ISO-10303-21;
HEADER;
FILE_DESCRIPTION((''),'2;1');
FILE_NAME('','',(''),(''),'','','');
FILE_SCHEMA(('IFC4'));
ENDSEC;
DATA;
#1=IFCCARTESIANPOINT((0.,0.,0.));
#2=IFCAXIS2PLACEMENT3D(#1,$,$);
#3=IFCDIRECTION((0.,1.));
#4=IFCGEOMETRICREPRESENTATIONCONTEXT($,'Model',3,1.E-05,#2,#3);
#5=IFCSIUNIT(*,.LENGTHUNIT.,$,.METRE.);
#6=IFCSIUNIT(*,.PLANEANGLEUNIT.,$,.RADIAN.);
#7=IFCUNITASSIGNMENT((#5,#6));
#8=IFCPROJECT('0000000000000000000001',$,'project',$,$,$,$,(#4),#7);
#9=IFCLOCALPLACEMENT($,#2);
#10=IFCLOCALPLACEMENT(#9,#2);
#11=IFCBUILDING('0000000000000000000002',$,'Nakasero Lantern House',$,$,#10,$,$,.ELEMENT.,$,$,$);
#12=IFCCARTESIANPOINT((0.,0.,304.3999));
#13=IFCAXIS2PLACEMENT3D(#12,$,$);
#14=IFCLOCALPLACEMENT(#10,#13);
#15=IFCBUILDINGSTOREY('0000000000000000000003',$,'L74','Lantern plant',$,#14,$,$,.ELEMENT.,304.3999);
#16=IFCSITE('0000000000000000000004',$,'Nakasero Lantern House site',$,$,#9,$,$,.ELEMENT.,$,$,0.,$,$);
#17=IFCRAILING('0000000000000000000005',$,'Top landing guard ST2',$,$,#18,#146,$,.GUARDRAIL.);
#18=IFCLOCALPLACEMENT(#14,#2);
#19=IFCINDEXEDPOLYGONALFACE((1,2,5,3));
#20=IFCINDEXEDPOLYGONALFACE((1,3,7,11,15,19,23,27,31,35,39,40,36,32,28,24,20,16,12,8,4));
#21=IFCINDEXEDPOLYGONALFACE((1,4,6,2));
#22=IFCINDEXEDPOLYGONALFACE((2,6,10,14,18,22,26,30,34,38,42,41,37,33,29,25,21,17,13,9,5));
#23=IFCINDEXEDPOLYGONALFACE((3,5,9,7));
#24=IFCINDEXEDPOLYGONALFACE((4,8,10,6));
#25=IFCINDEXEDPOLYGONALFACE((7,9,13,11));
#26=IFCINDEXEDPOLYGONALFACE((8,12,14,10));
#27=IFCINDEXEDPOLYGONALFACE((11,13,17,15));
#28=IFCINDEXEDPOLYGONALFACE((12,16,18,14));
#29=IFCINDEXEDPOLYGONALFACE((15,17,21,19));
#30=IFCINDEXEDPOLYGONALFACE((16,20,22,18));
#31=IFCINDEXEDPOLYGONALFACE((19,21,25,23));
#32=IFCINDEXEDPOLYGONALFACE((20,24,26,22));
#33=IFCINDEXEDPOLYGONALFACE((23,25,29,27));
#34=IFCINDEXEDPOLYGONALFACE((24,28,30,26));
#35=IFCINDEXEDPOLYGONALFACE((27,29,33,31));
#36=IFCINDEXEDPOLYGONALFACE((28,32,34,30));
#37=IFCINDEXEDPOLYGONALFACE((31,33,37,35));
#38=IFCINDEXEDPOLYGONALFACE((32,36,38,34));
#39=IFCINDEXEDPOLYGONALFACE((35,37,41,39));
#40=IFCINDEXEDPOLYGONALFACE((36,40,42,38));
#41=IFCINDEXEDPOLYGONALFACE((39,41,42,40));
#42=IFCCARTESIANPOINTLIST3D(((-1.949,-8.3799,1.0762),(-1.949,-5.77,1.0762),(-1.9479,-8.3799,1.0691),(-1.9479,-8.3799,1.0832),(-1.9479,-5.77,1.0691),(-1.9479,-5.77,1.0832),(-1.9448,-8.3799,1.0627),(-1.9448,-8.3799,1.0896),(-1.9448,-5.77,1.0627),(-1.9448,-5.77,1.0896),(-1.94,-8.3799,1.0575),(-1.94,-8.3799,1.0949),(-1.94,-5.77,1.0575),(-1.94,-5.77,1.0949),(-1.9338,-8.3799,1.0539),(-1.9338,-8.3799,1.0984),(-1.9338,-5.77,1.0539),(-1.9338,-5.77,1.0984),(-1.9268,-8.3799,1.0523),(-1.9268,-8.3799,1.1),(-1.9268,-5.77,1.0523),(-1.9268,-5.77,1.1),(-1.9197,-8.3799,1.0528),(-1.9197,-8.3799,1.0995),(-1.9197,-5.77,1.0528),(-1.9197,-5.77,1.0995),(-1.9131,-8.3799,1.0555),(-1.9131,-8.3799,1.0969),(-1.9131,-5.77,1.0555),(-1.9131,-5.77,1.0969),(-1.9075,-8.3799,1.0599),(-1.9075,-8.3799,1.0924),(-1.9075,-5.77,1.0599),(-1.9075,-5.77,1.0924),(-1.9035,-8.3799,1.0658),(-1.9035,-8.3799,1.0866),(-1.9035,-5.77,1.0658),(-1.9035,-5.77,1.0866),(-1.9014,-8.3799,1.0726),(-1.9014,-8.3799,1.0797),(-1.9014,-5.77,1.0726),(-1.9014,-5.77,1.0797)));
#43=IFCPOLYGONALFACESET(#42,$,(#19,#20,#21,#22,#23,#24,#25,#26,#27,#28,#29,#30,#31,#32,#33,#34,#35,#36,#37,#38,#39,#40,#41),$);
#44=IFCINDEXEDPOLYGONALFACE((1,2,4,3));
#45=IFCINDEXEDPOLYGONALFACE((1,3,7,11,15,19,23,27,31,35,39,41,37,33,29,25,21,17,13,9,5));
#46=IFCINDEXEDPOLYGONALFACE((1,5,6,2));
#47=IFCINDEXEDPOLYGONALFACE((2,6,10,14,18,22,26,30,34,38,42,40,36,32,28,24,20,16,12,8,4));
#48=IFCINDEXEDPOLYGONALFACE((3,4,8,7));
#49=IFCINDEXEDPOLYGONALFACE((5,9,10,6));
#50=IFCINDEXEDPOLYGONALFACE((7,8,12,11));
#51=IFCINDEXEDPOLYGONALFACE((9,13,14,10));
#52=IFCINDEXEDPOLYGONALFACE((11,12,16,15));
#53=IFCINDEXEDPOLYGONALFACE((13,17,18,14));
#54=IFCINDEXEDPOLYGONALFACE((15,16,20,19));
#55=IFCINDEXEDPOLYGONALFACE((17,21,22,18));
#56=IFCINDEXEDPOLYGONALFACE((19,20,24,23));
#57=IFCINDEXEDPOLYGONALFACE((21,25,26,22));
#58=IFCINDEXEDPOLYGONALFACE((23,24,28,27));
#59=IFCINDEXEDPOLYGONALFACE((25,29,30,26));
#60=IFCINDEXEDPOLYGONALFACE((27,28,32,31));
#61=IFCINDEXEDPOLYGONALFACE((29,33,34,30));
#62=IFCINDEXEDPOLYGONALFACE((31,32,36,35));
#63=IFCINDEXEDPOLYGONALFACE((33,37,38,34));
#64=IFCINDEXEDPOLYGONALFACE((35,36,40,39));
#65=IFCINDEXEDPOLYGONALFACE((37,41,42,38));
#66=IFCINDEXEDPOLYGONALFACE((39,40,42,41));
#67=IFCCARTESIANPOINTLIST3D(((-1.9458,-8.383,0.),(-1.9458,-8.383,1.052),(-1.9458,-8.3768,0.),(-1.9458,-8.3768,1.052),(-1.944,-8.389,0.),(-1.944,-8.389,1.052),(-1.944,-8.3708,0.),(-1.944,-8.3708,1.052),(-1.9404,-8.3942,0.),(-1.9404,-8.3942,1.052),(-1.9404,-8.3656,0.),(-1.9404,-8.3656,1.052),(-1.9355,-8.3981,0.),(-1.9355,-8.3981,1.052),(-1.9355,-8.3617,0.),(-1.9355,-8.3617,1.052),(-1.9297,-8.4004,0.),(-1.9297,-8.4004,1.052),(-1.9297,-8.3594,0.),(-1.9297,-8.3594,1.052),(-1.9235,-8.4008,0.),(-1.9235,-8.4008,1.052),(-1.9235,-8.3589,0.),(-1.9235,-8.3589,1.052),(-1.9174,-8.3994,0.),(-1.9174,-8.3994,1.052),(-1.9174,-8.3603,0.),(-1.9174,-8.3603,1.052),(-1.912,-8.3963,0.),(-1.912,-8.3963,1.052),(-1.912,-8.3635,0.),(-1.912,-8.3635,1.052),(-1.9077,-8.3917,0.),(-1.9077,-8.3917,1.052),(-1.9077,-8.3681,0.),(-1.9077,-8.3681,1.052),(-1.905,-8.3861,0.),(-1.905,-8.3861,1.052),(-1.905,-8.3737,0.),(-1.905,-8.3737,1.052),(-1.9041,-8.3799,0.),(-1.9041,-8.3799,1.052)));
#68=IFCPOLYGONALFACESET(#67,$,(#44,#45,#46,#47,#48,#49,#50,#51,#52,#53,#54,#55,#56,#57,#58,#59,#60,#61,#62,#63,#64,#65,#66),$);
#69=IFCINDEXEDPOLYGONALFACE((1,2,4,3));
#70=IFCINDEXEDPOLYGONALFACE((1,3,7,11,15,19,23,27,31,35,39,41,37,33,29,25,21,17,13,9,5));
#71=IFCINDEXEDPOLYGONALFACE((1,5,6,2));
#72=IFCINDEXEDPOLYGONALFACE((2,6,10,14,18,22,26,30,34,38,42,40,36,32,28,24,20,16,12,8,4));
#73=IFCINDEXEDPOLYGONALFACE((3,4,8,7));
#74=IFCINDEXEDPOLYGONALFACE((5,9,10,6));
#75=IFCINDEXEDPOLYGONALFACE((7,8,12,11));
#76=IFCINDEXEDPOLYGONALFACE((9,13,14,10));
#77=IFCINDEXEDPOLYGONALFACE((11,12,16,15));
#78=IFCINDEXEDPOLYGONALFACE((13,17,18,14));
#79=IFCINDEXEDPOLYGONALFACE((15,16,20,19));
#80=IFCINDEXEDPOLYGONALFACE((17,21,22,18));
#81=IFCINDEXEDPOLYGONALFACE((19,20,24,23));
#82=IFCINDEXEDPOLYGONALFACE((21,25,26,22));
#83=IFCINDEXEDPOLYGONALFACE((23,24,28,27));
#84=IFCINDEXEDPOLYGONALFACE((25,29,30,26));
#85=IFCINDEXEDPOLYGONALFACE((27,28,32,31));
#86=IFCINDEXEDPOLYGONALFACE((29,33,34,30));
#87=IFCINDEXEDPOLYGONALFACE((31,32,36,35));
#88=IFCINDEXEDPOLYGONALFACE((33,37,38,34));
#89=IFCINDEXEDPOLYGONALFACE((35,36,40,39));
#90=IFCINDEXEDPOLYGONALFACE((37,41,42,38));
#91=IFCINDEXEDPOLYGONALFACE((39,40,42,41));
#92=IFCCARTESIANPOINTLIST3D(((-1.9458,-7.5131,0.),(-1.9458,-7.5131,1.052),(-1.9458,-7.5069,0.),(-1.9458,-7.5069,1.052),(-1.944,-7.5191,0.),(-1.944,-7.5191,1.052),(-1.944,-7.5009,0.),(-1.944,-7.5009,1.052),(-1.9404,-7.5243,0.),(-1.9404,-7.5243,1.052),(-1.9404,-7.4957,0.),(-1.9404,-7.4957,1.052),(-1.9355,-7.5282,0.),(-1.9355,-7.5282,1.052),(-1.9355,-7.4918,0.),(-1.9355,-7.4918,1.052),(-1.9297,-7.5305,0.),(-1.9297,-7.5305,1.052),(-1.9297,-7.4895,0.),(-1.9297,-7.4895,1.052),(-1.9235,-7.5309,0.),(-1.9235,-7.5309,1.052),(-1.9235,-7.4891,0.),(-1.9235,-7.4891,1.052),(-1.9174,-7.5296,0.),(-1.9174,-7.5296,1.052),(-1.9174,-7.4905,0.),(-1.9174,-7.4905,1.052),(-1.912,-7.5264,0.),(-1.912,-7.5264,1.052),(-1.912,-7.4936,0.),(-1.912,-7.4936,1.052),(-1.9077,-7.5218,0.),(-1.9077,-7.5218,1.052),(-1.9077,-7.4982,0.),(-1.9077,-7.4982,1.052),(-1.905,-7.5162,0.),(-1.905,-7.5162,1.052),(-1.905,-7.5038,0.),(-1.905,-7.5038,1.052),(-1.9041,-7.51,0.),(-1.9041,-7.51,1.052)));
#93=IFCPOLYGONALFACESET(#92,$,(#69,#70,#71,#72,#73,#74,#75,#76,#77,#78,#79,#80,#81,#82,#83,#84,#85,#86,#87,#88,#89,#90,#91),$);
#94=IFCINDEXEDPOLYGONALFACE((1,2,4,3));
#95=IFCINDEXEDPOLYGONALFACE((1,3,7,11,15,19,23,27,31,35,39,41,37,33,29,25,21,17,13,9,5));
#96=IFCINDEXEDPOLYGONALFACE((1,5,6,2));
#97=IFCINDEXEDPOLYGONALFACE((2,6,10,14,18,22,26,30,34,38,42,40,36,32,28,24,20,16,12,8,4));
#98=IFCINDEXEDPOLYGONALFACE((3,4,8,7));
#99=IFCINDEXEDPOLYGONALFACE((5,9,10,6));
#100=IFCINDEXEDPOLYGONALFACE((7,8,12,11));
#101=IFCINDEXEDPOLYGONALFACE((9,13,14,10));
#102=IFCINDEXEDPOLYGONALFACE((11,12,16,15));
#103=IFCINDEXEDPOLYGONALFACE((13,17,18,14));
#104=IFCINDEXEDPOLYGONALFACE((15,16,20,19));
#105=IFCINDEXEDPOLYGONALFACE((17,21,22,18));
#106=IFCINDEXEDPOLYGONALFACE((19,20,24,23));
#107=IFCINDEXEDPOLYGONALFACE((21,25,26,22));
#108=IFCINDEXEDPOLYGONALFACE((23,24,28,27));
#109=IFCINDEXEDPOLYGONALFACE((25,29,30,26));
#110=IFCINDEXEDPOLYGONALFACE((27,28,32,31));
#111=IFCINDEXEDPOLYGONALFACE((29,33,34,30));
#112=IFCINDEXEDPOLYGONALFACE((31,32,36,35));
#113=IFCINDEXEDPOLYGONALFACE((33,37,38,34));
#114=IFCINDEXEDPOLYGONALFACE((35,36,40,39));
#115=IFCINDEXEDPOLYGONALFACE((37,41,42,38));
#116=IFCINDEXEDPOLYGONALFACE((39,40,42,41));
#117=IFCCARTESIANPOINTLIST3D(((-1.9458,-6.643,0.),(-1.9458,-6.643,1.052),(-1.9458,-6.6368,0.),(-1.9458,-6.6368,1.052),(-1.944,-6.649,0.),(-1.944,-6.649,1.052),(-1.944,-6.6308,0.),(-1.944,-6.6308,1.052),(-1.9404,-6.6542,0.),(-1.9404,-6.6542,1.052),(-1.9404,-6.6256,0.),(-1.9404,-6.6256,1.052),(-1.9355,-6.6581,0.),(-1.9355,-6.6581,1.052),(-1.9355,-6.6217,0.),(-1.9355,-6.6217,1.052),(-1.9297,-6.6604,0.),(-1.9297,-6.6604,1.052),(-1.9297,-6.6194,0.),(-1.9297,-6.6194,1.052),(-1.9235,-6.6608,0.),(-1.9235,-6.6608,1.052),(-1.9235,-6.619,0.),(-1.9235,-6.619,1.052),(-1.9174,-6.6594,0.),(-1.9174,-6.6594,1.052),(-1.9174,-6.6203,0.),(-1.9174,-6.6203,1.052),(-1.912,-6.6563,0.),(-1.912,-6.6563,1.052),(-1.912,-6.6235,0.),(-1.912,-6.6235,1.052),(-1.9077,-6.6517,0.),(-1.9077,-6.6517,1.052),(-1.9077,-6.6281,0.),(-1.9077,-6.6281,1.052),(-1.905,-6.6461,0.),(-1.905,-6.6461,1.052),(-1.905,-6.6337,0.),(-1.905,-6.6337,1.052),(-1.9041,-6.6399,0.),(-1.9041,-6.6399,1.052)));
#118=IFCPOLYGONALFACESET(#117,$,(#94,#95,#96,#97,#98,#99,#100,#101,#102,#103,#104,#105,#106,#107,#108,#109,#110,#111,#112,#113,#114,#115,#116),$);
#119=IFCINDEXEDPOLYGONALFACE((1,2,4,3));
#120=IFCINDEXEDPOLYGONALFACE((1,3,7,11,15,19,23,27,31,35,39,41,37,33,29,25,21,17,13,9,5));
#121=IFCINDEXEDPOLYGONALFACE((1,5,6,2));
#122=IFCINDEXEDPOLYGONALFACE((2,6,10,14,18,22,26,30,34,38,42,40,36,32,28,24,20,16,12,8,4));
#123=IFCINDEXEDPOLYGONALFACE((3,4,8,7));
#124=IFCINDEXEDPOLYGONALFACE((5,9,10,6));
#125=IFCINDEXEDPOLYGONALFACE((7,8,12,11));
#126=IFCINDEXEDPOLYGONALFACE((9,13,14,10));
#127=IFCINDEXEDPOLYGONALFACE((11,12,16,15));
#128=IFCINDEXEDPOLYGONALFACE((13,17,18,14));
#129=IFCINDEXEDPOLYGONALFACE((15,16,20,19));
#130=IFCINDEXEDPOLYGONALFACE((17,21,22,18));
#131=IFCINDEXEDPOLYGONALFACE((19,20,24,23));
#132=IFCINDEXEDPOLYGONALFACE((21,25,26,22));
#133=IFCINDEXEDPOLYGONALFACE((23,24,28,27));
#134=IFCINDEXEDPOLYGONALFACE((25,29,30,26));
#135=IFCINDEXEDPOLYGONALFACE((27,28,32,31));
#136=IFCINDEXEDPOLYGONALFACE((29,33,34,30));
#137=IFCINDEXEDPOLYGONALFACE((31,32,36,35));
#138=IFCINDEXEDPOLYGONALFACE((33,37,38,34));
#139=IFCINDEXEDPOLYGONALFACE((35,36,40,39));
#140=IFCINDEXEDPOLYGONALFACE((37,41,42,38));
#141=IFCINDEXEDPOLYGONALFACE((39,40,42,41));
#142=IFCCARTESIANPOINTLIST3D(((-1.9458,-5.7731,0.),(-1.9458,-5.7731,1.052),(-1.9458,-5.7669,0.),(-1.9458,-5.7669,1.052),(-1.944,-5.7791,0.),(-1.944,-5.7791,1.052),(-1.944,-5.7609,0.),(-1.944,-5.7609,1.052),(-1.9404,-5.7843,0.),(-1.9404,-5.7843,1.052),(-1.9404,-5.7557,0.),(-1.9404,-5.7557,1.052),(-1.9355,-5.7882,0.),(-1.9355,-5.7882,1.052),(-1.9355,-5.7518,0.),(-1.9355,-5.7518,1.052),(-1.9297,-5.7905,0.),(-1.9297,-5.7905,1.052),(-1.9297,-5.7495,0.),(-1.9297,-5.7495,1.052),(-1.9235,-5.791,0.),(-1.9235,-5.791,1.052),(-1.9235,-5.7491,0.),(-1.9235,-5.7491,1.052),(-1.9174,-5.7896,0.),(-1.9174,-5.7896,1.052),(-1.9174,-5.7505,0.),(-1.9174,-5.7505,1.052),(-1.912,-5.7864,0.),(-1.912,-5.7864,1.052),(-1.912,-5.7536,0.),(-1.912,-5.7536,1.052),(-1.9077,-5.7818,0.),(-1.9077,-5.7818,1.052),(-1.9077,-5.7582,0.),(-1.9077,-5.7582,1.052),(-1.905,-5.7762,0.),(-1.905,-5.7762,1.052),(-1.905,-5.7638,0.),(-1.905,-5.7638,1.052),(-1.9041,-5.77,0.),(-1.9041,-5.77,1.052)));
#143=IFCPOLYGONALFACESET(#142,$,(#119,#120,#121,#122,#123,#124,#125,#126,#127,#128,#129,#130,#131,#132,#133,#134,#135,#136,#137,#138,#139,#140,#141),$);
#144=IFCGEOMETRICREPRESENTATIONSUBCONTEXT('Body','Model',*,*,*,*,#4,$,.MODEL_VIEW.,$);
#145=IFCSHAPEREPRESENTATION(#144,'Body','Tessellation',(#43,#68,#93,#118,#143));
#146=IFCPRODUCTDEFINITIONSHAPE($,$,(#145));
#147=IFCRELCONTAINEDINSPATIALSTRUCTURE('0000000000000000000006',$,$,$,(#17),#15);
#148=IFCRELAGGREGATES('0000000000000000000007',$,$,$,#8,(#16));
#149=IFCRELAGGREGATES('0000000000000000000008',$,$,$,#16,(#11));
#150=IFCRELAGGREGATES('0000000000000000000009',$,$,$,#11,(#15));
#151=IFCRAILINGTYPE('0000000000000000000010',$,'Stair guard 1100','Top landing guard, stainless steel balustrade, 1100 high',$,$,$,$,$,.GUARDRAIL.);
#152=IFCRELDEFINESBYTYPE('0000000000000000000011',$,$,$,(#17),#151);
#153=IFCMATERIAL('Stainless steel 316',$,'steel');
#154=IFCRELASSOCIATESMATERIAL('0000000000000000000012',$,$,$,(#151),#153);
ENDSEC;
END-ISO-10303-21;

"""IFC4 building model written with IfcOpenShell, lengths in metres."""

from ifc_helpers import new_model, si_unit, direction, frame, origin, origin_2d, place, context, subcontext, project, spatial, circle, extrude, material, type_object, element, save


model = new_model("IFC4")

# Units and contexts
model_context = context("Model", 3, precision=1e-05, world=origin(), true_north=direction((0.0, 1.0)))
body_context = subcontext(model_context, "Body", "Model", "MODEL_VIEW")
ifc_project = project(units=[si_unit("LENGTHUNIT", "METRE"), si_unit("PLANEANGLEUNIT", "RADIAN")], contexts=[model_context])

# Site, building, storey
site_placement = place(None, origin())
site = spatial("IfcSite", under=ifc_project, at=site_placement, Name="Nakasero Lantern House site", CompositionType="ELEMENT", RefElevation=0.0)
building_placement = place(site_placement, origin())
building = spatial("IfcBuilding", under=site, at=building_placement, Name="Nakasero Lantern House", CompositionType="ELEMENT")
storey_placement = place(building_placement, frame((0.0, 0.0, 304.3999)))
storey = spatial("IfcBuildingStorey", under=building, at=storey_placement, Name="L74", Description="Lantern plant", CompositionType="ELEMENT", Elevation=304.3999)

# Railing
ifc_material_1 = material(Name="Stainless steel 316", Category="steel")
railing_type = type_object("IfcRailingType", Name="Stair guard 1100", Description="Top landing guard, stainless steel balustrade, 1100 high", PredefinedType="GUARDRAIL", material=ifc_material_1)
railing_placement = place(storey_placement, frame((-1.925, -8.3799, 0.0)))
element("IfcRailing", 1, at=railing_placement, inside=storey, type_object=railing_type, Name="Top landing guard ST2", PredefinedType="GUARDRAIL", context=body_context, shape_type="SweptSolid", body=[
    extrude(circle(Radius=0.0239, at=origin_2d()), frame((0.0, 0.0, 1.0762), z_axis=(0.0, 1.0, 0.0), x_axis=(-1.0, 0.0, 0.0)), (0.0, 0.0, 1.0), 2.6099),
    extrude(circle(Radius=0.021, at=origin_2d()), origin(), (0.0, 0.0, 1.0), 1.052),
    extrude(circle(Radius=0.021, at=origin_2d()), frame((0.0, 0.8699, 0.0)), (0.0, 0.0, 1.0), 1.052),
    extrude(circle(Radius=0.021, at=origin_2d()), frame((0.0, 1.74, 0.0)), (0.0, 0.0, 1.0), 1.052),
    extrude(circle(Radius=0.021, at=origin_2d()), frame((0.0, 2.6099, 0.0)), (0.0, 0.0, 1.0), 1.052),
])

save(model, "model.ifc")
